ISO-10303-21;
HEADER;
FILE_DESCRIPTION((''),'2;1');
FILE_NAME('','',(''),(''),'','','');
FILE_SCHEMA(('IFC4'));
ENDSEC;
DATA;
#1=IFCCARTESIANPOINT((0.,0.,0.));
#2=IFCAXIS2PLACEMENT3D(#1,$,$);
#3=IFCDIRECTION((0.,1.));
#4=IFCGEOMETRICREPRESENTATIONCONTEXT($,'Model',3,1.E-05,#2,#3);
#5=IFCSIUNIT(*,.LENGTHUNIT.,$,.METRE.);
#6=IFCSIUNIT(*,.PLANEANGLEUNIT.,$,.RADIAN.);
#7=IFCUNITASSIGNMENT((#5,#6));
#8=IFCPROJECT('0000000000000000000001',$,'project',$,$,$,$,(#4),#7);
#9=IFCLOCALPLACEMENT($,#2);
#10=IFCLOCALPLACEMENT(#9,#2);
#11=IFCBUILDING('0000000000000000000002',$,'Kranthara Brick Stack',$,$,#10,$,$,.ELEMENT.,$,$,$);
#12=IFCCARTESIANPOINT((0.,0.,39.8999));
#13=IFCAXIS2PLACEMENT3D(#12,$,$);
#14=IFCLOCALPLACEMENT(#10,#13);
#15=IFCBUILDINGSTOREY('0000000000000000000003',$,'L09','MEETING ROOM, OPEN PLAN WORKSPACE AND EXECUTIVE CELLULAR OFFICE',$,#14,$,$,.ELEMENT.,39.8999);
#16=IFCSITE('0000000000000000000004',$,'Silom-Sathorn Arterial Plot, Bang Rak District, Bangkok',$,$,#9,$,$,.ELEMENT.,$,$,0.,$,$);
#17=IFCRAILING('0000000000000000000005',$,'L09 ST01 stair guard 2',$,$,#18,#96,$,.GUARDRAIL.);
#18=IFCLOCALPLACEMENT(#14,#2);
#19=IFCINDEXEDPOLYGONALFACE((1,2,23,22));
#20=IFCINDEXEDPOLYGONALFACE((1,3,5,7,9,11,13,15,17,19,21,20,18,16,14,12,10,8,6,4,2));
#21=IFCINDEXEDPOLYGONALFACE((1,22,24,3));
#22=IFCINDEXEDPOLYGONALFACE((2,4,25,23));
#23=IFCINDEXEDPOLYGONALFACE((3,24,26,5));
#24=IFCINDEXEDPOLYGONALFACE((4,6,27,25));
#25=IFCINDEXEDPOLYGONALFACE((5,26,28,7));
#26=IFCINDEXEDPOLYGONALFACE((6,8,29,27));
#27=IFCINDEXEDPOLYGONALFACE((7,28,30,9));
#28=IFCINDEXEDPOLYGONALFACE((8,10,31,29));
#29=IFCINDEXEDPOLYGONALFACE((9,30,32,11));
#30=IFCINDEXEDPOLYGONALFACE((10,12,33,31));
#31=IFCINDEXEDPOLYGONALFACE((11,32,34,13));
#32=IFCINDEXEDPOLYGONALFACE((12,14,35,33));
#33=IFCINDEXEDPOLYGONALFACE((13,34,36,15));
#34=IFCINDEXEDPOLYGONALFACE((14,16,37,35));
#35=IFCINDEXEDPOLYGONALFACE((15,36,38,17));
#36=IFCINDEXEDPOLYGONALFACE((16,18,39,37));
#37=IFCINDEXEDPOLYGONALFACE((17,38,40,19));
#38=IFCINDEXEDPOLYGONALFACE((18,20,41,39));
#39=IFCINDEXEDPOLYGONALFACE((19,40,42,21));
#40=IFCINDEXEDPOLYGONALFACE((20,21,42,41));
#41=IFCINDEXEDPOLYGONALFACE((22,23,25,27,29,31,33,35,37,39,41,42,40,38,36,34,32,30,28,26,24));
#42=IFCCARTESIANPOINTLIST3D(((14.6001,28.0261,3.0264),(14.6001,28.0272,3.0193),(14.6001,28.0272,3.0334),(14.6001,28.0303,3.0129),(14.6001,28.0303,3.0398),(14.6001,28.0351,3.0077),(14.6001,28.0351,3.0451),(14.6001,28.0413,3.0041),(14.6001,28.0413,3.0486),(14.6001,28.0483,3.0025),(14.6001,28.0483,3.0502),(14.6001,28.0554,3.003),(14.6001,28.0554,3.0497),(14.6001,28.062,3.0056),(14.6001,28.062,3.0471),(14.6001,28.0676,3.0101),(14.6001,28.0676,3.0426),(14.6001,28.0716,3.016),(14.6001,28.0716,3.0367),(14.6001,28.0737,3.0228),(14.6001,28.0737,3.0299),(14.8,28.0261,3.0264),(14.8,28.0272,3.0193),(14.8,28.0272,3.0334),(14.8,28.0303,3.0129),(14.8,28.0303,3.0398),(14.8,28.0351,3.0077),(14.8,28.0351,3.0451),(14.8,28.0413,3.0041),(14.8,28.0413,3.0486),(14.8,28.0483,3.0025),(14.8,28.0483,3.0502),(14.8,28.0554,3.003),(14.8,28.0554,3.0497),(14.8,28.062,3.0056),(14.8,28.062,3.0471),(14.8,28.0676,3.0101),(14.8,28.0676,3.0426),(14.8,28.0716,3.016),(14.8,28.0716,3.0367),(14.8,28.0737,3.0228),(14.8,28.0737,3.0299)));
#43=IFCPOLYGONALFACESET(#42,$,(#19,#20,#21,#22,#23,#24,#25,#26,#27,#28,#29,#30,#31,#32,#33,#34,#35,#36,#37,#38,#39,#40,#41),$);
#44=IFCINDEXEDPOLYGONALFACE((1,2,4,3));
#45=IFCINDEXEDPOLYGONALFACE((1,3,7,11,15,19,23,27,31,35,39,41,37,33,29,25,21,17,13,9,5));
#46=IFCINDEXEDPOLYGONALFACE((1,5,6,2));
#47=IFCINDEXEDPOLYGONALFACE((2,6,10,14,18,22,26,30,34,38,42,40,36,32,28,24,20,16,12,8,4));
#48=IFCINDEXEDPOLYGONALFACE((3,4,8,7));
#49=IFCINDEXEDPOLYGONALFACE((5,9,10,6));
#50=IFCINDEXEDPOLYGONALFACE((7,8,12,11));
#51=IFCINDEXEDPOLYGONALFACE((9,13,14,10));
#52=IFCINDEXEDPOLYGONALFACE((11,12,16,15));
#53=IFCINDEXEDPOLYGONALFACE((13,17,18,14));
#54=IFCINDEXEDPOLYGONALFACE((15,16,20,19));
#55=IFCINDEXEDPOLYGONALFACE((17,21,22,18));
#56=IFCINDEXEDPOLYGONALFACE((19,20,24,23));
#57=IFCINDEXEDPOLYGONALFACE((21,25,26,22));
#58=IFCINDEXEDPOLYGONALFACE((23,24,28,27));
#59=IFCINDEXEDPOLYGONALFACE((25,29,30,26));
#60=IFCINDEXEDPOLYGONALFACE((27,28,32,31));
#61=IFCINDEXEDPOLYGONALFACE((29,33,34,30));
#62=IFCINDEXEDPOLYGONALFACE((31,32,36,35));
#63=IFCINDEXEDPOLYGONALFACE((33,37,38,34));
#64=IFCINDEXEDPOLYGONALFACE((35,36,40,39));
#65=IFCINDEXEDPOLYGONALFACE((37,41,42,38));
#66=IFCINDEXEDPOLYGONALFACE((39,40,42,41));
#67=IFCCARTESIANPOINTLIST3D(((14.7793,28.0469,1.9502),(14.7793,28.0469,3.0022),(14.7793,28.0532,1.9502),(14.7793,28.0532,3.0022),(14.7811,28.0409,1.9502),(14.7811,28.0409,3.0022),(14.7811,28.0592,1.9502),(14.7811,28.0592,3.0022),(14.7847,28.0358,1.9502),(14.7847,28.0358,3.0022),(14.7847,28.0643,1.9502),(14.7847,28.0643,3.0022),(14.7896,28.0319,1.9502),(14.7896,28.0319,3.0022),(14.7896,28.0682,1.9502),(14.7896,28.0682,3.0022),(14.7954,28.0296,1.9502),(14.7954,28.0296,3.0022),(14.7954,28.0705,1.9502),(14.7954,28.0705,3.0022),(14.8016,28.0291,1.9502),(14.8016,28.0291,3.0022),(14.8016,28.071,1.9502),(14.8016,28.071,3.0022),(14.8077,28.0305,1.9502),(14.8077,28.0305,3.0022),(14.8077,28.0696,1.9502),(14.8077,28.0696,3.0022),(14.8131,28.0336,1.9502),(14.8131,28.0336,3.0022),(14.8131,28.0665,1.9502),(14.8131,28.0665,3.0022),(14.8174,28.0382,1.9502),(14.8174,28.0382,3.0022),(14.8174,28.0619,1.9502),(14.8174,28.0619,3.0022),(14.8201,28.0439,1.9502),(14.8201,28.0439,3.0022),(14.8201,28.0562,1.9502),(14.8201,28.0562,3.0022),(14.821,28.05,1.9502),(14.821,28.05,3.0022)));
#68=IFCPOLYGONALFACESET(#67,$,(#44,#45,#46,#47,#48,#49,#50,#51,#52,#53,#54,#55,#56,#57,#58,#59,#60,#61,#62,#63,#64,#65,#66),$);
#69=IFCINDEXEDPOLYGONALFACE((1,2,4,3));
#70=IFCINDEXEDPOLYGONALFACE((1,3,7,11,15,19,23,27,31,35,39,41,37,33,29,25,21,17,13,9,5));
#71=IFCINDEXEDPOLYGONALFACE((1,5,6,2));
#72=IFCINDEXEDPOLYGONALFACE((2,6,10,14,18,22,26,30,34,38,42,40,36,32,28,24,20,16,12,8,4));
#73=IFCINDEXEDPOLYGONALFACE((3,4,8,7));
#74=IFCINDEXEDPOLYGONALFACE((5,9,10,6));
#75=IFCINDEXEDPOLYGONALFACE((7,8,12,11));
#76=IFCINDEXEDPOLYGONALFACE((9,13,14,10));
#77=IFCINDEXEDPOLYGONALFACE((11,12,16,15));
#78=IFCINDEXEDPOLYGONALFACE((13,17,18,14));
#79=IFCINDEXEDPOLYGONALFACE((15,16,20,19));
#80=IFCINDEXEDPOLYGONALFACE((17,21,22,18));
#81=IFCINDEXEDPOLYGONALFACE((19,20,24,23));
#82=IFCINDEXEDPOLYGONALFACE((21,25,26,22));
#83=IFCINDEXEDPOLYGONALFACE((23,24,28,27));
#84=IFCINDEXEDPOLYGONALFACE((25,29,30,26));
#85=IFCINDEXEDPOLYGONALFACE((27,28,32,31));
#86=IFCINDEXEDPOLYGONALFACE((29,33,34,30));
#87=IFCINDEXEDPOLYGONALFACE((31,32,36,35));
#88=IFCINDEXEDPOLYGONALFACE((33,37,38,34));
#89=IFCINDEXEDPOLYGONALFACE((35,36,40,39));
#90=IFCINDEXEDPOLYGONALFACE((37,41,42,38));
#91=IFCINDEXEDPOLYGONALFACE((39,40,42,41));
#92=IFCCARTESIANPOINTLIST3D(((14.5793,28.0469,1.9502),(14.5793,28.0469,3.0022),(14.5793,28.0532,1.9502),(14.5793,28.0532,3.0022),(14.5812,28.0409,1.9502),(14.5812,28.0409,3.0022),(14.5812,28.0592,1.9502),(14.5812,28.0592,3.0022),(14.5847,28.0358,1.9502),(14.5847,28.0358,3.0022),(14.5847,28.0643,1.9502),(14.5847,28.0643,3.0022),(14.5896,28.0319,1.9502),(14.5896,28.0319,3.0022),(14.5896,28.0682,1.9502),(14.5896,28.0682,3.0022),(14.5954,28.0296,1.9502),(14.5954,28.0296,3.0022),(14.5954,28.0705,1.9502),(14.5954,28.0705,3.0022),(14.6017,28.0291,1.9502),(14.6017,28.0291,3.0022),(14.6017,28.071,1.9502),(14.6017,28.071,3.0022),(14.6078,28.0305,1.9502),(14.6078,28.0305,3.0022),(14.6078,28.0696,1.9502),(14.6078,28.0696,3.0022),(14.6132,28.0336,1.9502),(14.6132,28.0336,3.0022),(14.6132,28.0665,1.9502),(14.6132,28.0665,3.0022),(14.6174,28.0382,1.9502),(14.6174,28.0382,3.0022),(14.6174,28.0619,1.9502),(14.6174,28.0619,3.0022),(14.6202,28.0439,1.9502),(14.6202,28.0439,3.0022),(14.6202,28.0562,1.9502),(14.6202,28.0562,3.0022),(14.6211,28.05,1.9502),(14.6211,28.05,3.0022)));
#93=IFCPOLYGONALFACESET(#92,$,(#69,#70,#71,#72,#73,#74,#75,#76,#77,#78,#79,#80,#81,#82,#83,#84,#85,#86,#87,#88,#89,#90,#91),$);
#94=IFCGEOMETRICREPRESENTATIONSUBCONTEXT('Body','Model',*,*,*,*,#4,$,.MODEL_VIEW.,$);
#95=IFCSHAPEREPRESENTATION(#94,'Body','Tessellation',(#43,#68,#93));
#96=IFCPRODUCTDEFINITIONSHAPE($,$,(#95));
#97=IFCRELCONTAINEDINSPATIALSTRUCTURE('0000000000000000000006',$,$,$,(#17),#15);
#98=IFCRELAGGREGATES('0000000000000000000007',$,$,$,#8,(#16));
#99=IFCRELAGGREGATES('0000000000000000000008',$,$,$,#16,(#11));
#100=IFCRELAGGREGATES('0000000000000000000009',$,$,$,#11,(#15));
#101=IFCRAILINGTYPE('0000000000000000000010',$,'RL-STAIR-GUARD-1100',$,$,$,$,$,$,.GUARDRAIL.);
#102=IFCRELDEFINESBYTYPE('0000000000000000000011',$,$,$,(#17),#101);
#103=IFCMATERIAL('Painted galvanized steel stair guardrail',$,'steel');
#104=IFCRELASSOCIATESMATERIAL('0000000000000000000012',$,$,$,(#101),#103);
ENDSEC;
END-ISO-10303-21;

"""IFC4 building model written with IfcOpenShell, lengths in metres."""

from ifc_helpers import new_model, si_unit, direction, frame, origin, origin_2d, place, context, subcontext, project, spatial, circle, extrude, material, type_object, element, save


model = new_model("IFC4")

# Units and contexts
model_context = context("Model", 3, precision=1e-05, world=origin(), true_north=direction((0.0, 1.0)))
body_context = subcontext(model_context, "Body", "Model", "MODEL_VIEW")
ifc_project = project(units=[si_unit("LENGTHUNIT", "METRE"), si_unit("PLANEANGLEUNIT", "RADIAN")], contexts=[model_context])

# Site, building, storey
site_placement = place(None, origin())
site = spatial("IfcSite", under=ifc_project, at=site_placement, Name="Silom-Sathorn Arterial Plot, Bang Rak District, Bangkok", CompositionType="ELEMENT", RefElevation=0.0)
building_placement = place(site_placement, origin())
building = spatial("IfcBuilding", under=site, at=building_placement, Name="Kranthara Brick Stack", CompositionType="ELEMENT")
storey_placement = place(building_placement, frame((0.0, 0.0, 39.8999)))
storey = spatial("IfcBuildingStorey", under=building, at=storey_placement, Name="L09", Description="MEETING ROOM, OPEN PLAN WORKSPACE AND EXECUTIVE CELLULAR OFFICE", CompositionType="ELEMENT", Elevation=39.8999)

# Railing
ifc_material_1 = material(Name="Painted galvanized steel stair guardrail", Category="steel")
railing_type_1 = type_object("IfcRailingType", Name="RL-STAIR-GUARD-1100", PredefinedType="GUARDRAIL", material=ifc_material_1)
railing_1_placement = place(storey_placement, frame((14.8, 28.05, 1.9502)))
element("IfcRailing", 1, at=railing_1_placement, inside=storey, type_object=railing_type_1, Name="L09 ST01 stair guard 2", PredefinedType="GUARDRAIL", context=body_context, shape_type="SweptSolid", body=[
    extrude(circle(Radius=0.0239, at=origin_2d()), frame((0.0, 0.0, 1.0762), z_axis=(-1.0, 0.0, 0.0), x_axis=(0.0, -1.0, 0.0)), (0.0, 0.0, 1.0), 0.2),
    extrude(circle(Radius=0.021, at=origin_2d()), origin(), (0.0, 0.0, 1.0), 1.052),
    extrude(circle(Radius=0.021, at=origin_2d()), frame((-0.2, 0.0, 0.0)), (0.0, 0.0, 1.0), 1.052),
])

save(model, "model.ifc")
